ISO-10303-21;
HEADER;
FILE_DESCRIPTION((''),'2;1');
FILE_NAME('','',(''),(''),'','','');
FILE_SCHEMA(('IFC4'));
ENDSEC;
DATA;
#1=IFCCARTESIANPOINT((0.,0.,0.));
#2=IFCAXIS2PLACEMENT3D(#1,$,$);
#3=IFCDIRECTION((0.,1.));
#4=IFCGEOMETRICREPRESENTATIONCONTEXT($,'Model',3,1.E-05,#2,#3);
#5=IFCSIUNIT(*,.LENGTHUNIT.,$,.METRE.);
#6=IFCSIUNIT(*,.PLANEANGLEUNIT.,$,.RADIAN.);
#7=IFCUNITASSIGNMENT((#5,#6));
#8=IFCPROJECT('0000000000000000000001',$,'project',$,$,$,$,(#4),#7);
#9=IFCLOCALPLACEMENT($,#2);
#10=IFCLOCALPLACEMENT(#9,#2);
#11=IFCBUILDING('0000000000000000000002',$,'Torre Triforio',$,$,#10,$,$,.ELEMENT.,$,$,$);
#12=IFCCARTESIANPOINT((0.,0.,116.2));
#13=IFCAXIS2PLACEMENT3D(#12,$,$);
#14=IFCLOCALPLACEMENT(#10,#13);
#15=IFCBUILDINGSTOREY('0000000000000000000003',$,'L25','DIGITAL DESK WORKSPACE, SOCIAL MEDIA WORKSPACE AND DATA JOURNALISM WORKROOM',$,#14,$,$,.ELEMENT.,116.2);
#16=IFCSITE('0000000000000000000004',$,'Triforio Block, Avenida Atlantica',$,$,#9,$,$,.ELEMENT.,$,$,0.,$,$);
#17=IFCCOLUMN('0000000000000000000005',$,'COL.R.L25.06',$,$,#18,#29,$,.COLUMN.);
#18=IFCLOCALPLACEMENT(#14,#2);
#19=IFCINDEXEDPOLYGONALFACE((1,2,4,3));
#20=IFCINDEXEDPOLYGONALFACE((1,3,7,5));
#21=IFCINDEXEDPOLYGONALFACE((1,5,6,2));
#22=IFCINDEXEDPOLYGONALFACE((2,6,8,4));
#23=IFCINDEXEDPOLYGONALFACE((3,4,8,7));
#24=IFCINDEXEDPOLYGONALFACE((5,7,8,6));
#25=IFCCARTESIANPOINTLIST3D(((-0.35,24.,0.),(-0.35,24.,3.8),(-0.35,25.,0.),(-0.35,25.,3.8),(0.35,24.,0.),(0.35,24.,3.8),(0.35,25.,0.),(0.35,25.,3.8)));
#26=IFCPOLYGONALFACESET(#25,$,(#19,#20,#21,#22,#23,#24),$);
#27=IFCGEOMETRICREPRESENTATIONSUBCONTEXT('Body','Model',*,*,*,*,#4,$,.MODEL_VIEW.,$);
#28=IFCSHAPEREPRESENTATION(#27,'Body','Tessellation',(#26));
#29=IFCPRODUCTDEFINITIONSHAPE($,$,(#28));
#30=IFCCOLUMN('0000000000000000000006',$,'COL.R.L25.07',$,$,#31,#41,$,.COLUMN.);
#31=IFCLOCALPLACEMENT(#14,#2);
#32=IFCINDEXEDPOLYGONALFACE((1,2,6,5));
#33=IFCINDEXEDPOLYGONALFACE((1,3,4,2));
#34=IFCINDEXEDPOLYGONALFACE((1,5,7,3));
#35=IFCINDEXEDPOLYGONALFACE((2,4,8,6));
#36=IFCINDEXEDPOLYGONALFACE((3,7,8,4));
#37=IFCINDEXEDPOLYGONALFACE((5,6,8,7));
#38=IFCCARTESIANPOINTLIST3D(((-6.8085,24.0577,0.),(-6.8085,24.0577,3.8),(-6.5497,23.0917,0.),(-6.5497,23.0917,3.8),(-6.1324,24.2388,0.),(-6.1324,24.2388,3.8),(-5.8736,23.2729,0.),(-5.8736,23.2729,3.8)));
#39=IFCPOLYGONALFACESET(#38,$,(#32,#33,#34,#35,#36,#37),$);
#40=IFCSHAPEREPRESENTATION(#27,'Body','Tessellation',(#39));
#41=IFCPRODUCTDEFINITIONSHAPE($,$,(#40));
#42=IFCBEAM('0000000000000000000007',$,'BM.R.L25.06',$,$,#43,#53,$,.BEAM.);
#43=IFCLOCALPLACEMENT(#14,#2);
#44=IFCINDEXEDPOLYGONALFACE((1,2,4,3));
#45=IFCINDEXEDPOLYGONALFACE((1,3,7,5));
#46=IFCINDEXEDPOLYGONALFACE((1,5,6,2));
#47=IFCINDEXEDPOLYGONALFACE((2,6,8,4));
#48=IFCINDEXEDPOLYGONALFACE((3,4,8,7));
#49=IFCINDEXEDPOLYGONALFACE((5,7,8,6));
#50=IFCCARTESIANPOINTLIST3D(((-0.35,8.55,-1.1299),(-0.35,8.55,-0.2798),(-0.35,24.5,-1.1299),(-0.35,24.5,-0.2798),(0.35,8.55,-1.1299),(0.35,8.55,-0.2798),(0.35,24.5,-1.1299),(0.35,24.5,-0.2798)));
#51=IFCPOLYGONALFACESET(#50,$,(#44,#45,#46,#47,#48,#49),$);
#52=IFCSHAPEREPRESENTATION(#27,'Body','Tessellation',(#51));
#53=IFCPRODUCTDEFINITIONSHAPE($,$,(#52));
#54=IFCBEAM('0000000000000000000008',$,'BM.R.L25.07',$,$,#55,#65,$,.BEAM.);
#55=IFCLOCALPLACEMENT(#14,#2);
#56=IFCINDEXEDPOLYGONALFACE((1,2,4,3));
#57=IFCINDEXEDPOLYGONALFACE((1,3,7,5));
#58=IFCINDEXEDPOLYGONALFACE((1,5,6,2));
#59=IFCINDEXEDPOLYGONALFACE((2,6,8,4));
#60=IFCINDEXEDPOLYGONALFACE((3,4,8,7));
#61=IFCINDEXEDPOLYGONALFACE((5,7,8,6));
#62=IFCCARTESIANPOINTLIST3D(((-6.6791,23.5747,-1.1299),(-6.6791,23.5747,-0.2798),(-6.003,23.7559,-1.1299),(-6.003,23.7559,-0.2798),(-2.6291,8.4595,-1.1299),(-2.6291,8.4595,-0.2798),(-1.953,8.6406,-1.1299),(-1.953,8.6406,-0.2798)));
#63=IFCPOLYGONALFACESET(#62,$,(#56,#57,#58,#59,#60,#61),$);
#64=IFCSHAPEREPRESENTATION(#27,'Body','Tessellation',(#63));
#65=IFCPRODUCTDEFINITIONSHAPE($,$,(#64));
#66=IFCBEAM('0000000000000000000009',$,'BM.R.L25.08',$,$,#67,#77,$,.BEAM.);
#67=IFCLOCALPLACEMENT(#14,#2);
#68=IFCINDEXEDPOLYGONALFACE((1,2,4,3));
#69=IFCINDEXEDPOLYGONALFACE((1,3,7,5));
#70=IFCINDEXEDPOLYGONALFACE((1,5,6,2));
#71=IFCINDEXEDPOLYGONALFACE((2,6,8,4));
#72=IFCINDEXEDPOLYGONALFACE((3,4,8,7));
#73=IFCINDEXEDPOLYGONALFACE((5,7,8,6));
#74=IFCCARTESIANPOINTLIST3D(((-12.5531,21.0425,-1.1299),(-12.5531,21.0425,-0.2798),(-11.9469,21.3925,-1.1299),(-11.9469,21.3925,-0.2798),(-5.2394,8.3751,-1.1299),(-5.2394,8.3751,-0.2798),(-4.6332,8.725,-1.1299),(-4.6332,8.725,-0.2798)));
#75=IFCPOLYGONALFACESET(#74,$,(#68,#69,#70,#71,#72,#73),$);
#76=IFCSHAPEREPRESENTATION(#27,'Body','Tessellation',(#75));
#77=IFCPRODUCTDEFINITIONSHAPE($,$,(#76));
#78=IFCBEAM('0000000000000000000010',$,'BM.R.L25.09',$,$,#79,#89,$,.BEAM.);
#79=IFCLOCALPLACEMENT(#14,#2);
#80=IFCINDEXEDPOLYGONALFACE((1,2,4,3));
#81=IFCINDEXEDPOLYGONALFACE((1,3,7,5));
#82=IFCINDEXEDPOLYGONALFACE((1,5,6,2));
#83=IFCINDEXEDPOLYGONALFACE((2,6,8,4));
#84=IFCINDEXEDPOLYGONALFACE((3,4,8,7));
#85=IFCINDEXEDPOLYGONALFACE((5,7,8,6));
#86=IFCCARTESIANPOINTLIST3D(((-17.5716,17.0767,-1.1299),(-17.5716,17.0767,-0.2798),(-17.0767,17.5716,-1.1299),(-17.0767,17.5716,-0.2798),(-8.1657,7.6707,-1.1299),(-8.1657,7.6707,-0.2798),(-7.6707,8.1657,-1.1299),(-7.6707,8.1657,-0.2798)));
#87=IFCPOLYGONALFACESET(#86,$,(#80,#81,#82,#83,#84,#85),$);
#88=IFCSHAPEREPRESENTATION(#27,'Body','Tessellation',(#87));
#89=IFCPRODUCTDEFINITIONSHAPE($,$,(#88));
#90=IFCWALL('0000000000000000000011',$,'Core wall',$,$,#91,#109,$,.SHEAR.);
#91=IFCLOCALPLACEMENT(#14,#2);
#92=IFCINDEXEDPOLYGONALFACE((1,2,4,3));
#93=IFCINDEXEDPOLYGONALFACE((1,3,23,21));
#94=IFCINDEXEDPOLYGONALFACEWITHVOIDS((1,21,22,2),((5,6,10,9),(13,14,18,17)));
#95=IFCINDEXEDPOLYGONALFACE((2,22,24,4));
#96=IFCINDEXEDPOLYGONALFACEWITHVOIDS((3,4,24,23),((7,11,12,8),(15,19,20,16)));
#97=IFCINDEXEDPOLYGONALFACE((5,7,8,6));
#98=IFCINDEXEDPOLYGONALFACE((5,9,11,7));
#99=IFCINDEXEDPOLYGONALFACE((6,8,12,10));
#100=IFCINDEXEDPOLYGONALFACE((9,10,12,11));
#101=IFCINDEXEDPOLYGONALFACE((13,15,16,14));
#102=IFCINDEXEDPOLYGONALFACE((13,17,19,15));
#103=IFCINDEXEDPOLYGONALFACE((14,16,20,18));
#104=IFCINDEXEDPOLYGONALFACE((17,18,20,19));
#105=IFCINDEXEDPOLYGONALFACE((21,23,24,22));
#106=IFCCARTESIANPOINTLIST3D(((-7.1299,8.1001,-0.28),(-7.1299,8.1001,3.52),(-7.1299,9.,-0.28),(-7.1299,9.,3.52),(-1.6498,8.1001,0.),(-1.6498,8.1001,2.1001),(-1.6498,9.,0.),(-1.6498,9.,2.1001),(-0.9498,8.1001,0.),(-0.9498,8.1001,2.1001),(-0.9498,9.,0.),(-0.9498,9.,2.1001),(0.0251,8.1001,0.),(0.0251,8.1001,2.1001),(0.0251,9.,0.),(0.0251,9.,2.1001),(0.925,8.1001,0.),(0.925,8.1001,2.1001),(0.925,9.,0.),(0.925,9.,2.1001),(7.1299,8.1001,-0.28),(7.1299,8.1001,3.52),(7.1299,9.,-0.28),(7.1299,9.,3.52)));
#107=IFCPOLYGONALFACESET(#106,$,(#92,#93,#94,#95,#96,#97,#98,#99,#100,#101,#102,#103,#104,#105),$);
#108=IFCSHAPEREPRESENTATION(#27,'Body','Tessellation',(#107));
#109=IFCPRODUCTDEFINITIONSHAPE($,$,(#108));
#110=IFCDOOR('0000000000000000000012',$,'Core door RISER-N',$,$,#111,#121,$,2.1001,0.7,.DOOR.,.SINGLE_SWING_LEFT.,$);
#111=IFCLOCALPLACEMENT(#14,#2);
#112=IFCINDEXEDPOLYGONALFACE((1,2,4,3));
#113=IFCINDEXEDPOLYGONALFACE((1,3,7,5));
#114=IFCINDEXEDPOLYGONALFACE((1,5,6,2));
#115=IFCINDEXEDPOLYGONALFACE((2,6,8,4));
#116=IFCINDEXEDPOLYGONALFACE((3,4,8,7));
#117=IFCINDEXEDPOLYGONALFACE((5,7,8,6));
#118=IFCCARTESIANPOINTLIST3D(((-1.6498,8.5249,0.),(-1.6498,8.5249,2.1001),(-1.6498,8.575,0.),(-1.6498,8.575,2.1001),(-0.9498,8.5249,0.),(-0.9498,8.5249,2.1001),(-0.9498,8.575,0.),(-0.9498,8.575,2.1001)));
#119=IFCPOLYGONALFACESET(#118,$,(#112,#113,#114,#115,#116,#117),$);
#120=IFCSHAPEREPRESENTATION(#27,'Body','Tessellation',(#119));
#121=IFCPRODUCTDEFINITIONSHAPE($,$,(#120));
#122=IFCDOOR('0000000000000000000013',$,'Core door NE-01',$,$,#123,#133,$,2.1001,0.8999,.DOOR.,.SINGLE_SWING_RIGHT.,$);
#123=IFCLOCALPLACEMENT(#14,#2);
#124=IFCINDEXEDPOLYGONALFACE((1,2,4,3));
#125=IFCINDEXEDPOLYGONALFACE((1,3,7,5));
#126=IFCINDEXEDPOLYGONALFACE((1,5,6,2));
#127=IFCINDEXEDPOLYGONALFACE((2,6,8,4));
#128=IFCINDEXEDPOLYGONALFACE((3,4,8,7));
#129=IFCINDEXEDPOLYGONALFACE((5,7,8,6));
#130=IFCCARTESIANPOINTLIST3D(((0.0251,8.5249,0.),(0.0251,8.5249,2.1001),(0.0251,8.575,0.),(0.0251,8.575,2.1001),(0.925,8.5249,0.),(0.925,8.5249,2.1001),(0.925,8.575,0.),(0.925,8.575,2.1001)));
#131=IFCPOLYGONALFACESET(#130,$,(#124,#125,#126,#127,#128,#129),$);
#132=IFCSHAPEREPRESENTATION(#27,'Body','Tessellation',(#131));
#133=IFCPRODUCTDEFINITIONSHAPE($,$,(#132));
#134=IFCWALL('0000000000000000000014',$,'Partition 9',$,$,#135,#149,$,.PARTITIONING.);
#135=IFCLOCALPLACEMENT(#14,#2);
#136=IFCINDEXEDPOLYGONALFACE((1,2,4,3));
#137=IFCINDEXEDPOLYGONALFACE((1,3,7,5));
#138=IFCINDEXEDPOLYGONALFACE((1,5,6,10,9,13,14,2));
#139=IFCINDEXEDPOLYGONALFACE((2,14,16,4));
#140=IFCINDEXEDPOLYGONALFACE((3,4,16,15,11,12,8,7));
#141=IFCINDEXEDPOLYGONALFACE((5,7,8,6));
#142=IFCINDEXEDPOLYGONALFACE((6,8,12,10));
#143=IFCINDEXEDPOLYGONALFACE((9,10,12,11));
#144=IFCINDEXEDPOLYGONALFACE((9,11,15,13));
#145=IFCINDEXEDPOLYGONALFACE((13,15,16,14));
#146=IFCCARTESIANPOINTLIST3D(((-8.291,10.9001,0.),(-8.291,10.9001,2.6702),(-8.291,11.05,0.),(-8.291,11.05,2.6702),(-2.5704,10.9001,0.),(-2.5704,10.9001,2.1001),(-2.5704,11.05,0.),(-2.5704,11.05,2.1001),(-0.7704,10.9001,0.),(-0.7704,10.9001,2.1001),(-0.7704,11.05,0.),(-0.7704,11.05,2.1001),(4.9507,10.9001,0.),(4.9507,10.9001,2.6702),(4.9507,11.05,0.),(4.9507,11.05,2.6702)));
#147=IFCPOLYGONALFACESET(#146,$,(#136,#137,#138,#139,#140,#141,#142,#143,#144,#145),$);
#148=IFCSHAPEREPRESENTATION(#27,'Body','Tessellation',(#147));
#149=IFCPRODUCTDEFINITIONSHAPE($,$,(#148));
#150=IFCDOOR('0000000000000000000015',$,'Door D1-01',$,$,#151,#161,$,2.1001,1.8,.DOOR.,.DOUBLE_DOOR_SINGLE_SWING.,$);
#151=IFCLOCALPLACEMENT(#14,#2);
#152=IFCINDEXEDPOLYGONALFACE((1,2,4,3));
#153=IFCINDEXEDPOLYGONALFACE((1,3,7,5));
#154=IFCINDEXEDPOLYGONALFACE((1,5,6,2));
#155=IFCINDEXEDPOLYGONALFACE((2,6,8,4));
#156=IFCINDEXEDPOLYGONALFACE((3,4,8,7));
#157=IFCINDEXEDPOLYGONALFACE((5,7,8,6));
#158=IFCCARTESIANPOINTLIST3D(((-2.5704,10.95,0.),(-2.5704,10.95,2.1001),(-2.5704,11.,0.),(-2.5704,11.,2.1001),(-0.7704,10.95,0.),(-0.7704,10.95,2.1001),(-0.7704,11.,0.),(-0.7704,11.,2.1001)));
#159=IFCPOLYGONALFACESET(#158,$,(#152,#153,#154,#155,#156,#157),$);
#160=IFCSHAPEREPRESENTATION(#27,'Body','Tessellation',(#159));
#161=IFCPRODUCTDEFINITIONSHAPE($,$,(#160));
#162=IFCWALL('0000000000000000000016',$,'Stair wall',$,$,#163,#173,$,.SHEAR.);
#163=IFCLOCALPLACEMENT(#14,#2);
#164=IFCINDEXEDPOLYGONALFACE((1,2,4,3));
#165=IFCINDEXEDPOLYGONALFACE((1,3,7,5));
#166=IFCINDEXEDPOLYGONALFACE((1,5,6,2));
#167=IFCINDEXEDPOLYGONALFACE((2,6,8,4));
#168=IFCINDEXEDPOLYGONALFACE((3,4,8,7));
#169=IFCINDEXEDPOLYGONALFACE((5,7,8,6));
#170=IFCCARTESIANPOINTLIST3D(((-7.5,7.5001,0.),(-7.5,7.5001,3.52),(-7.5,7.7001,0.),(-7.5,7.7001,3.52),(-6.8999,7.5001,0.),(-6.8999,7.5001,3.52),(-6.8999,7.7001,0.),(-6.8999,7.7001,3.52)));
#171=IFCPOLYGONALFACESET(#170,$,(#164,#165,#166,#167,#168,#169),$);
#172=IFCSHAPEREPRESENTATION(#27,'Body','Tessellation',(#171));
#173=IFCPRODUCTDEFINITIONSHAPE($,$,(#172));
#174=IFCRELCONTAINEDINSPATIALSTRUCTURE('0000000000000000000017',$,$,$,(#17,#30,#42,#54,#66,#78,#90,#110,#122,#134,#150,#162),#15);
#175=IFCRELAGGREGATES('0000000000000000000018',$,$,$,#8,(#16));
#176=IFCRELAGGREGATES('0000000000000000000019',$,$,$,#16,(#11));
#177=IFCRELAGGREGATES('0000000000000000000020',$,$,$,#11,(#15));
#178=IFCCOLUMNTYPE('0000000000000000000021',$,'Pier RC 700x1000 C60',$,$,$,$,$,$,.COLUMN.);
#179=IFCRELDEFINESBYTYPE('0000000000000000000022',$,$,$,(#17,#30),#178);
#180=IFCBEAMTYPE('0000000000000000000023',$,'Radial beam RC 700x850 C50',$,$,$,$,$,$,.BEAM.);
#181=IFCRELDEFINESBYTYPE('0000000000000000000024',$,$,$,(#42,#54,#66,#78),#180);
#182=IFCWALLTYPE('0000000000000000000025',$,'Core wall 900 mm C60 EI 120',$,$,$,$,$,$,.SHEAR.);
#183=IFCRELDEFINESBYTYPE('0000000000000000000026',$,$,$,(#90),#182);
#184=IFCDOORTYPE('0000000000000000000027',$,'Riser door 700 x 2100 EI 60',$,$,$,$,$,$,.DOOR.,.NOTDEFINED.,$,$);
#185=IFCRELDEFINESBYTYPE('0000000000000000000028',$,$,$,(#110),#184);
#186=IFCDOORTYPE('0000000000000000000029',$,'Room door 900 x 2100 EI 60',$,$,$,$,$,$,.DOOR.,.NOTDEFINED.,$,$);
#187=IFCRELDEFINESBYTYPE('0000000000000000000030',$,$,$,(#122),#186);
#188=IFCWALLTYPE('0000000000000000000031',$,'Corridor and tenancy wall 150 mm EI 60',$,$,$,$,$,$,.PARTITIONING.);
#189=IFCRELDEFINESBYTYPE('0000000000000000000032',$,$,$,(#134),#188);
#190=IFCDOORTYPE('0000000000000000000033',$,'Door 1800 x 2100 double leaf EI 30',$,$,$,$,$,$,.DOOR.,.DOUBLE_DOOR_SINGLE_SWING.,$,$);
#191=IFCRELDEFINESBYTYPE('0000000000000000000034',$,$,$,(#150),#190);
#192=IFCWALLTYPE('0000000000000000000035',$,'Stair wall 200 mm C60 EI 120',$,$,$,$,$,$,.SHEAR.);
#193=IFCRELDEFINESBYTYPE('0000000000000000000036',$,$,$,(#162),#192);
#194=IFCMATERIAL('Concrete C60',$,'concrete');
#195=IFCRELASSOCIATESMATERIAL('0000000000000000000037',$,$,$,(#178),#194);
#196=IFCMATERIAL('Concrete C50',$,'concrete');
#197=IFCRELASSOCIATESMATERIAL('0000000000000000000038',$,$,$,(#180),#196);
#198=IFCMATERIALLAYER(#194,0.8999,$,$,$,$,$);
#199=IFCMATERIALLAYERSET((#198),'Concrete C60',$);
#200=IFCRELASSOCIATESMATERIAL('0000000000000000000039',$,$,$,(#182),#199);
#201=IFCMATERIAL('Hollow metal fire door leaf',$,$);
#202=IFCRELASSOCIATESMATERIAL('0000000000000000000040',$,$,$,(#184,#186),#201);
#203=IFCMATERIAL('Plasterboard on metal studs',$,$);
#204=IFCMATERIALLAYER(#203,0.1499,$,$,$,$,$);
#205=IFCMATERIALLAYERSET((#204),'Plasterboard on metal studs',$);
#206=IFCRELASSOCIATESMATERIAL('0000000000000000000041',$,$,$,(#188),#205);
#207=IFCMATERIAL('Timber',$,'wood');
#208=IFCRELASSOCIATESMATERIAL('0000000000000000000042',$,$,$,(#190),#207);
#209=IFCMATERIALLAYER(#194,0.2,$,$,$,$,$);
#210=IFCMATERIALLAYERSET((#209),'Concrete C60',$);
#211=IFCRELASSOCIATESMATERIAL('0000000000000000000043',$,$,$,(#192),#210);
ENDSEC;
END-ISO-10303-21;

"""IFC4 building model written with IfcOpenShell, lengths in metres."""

from ifc_helpers import new_model, si_unit, direction, frame, frame_2d, origin, origin_2d, place, context, subcontext, project, spatial, rectangle, extrude, material, layer, layer_set, material_profile, profile_set, type_object, element, fill, save


model = new_model("IFC4")

# Units and contexts
model_context = context("Model", 3, precision=1e-05, world=origin(), true_north=direction((0.0, 1.0)))
body_context = subcontext(model_context, "Body", "Model", "MODEL_VIEW")
ifc_project = project(units=[si_unit("LENGTHUNIT", "METRE"), si_unit("PLANEANGLEUNIT", "RADIAN")], contexts=[model_context])

# Site, building, storey
site_placement = place(None, origin())
site = spatial("IfcSite", under=ifc_project, at=site_placement, Name="Triforio Block, Avenida Atlantica", CompositionType="ELEMENT", RefElevation=0.0)
building_placement = place(site_placement, origin())
building = spatial("IfcBuilding", under=site, at=building_placement, Name="Torre Triforio", CompositionType="ELEMENT")
storey_placement = place(building_placement, frame((0.0, 0.0, 116.2)))
storey = spatial("IfcBuildingStorey", under=building, at=storey_placement, Name="L25", Description="DIGITAL DESK WORKSPACE, SOCIAL MEDIA WORKSPACE AND DATA JOURNALISM WORKROOM", CompositionType="ELEMENT", Elevation=116.2)

# Columns
ifc_material_1 = material(Name="Concrete C60", Category="concrete")
ifc_material_profile_1 = material_profile(ifc_material_1, rectangle(XDim=0.7, YDim=1.0, at=origin_2d()), Name="RC 700x1000")
ifc_profile_set_1 = profile_set([ifc_material_profile_1], Name="Concrete C60")
column_type = type_object("IfcColumnType", Name="Pier RC 700x1000 C60", PredefinedType="COLUMN", material=ifc_profile_set_1)
for number, where, z_axis, x_axis, name in (
    (1, (0.0, 24.5, 0.0), (0.0, 0.0, 1.0), (-1.0, 0.0, 0.0), "COL.R.L25.06"),
    (2, (-6.3411, 23.6653, 0.0), (0.0, 0.0, 1.0), (-0.965926, -0.258819, 0.0), "COL.R.L25.07"),
):
    element("IfcColumn", number, at=place(storey_placement, frame(where, z_axis=z_axis, x_axis=x_axis)), inside=storey, type_object=column_type, Name=name, PredefinedType="COLUMN", context=body_context, shape_type="SweptSolid", body=[
        extrude(rectangle(XDim=0.7, YDim=1.0, at=origin_2d()), origin(), (0.0, 0.0, 1.0), 3.8),
    ])

# Beams
ifc_material_2 = material(Name="Concrete C50", Category="concrete")
ifc_material_profile_2 = material_profile(ifc_material_2, rectangle(XDim=0.7, YDim=0.8501, at=origin_2d()), Name="RC 700x850")
ifc_profile_set_2 = profile_set([ifc_material_profile_2], Name="Concrete C50")
beam_type = type_object("IfcBeamType", Name="Radial beam RC 700x850 C50", PredefinedType="BEAM", material=ifc_profile_set_2)
beam_1_placement = place(storey_placement, frame((0.0, 8.55, -0.7048), z_axis=(0.0, 1.0, 0.0), x_axis=(-1.0, 0.0, 0.0)))
element("IfcBeam", 3, at=beam_1_placement, inside=storey, type_object=beam_type, Name="BM.R.L25.06", PredefinedType="BEAM", context=body_context, shape_type="SweptSolid", body=[
    extrude(rectangle(XDim=0.7, YDim=0.8501, at=origin_2d()), origin(), (0.0, 0.0, 1.0), 15.95),
])
beam_2_placement = place(storey_placement, frame((-2.291, 8.55, -0.7048), z_axis=(-0.258815, 0.965927, 0.0), x_axis=(-0.965927, -0.258815, 0.0)))
element("IfcBeam", 4, at=beam_2_placement, inside=storey, type_object=beam_type, Name="BM.R.L25.07", PredefinedType="BEAM", context=body_context, shape_type="SweptSolid", body=[
    extrude(rectangle(XDim=0.7, YDim=0.8501, at=origin_2d()), origin(), (0.0, 0.0, 1.0), 15.6484),
])
beam_3_placement = place(storey_placement, frame((-4.9363, 8.55, -0.7048), z_axis=(-0.500008, 0.866021, 0.0), x_axis=(-0.866021, -0.500008, 0.0)))
element("IfcBeam", 5, at=beam_3_placement, inside=storey, type_object=beam_type, Name="BM.R.L25.08", PredefinedType="BEAM", context=body_context, shape_type="SweptSolid", body=[
    extrude(rectangle(XDim=0.7, YDim=0.8501, at=origin_2d()), origin(), (0.0, 0.0, 1.0), 14.6272),
])
beam_4_placement = place(storey_placement, frame((-7.9182, 7.9182, -0.7048), z_axis=(-0.707107, 0.707107, 0.0), x_axis=(-0.707107, -0.707107, 0.0)))
element("IfcBeam", 6, at=beam_4_placement, inside=storey, type_object=beam_type, Name="BM.R.L25.09", PredefinedType="BEAM", context=body_context, shape_type="SweptSolid", body=[
    extrude(rectangle(XDim=0.7, YDim=0.8501, at=origin_2d()), origin(), (0.0, 0.0, 1.0), 13.302),
])

# Wall, openings, doors
ifc_layer_1 = layer(ifc_material_1, 0.8999)
ifc_layer_set_1 = layer_set([ifc_layer_1], Name="Concrete C60")
wall_type_1 = type_object("IfcWallType", Name="Core wall 900 mm C60 EI 120", PredefinedType="SHEAR", material=ifc_layer_set_1)
wall_1_placement = place(storey_placement, frame((-7.1299, 8.55, -0.28), z_axis=(0.0, 0.0, 1.0), x_axis=(1.0, 0.0, 0.0)))
wall_1 = element("IfcWall", 7, at=wall_1_placement, inside=storey, type_object=wall_type_1, Name="Core wall", PredefinedType="SHEAR", context=body_context, shape_type="SweptSolid", body=[
    extrude(rectangle(XDim=14.2598, YDim=0.8999, at=frame_2d((7.1299, 0.0))), origin(), (0.0, 0.0, 1.0), 3.8),
])
opening_1_placement = place(wall_1_placement, frame((5.48, 0.0, 0.28)))
opening_1 = element("IfcOpeningElement", 8, at=opening_1_placement, cuts=wall_1, PredefinedType="OPENING", context=body_context, shape_type="SweptSolid", body=[
    extrude(rectangle(XDim=0.7, YDim=2.1001, at=frame_2d((0.3501, 1.05))), frame((0.0, 0.46, 0.0), z_axis=(0.0, -1.0, 0.0), x_axis=(1.0, 0.0, 0.0)), (0.0, 0.0, 1.0), 0.9199),
])
opening_2_placement = place(wall_1_placement, frame((7.155, 0.0, 0.28)))
opening_2 = element("IfcOpeningElement", 9, at=opening_2_placement, cuts=wall_1, PredefinedType="OPENING", context=body_context, shape_type="SweptSolid", body=[
    extrude(rectangle(XDim=0.8999, YDim=2.1001, at=frame_2d((0.45, 1.05))), frame((0.0, 0.46, 0.0), z_axis=(0.0, -1.0, 0.0), x_axis=(1.0, 0.0, 0.0)), (0.0, 0.0, 1.0), 0.9199),
])
ifc_material_3 = material(Name="Hollow metal fire door leaf")
door_type_1 = type_object("IfcDoorType", Name="Riser door 700 x 2100 EI 60", OperationType="NOTDEFINED", PredefinedType="DOOR", material=ifc_material_3)
door_1_placement = place(opening_1_placement, origin())
door_1 = element("IfcDoor", 10, at=door_1_placement, inside=storey, type_object=door_type_1, Name="Core door RISER-N", OperationType="SINGLE_SWING_LEFT", OverallHeight=2.1001, OverallWidth=0.7, PredefinedType="DOOR", context=body_context, shape_type="SweptSolid", body=[
    extrude(rectangle(XDim=0.7, YDim=2.1001, at=frame_2d((0.3501, 1.05))), frame((0.0, 0.0249, 0.0), z_axis=(0.0, -1.0, 0.0), x_axis=(1.0, 0.0, 0.0)), (0.0, 0.0, 1.0), 0.05),
])
fill(opening_1, door_1)
door_type_2 = type_object("IfcDoorType", Name="Room door 900 x 2100 EI 60", OperationType="NOTDEFINED", PredefinedType="DOOR", material=ifc_material_3)
door_2_placement = place(opening_2_placement, origin())
door_2 = element("IfcDoor", 11, at=door_2_placement, inside=storey, type_object=door_type_2, Name="Core door NE-01", OperationType="SINGLE_SWING_RIGHT", OverallHeight=2.1001, OverallWidth=0.8999, PredefinedType="DOOR", context=body_context, shape_type="SweptSolid", body=[
    extrude(rectangle(XDim=0.8999, YDim=2.1001, at=frame_2d((0.45, 1.05))), frame((0.0, 0.0249, 0.0), z_axis=(0.0, -1.0, 0.0), x_axis=(1.0, 0.0, 0.0)), (0.0, 0.0, 1.0), 0.05),
])
fill(opening_2, door_2)

# Wall, opening, door
ifc_material_4 = material(Name="Plasterboard on metal studs")
ifc_layer_2 = layer(ifc_material_4, 0.1499)
ifc_layer_set_2 = layer_set([ifc_layer_2], Name="Plasterboard on metal studs")
wall_type_2 = type_object("IfcWallType", Name="Corridor and tenancy wall 150 mm EI 60", PredefinedType="PARTITIONING", material=ifc_layer_set_2)
wall_2_placement = place(storey_placement, frame((-8.291, 10.9751, 0.0), z_axis=(0.0, 0.0, 1.0), x_axis=(1.0, 0.0, 0.0)))
wall_2 = element("IfcWall", 12, at=wall_2_placement, inside=storey, type_object=wall_type_2, Name="Partition 9", PredefinedType="PARTITIONING", context=body_context, shape_type="SweptSolid", body=[
    extrude(rectangle(XDim=13.2417, YDim=0.1499, at=frame_2d((6.6208, 0.0))), origin(), (0.0, 0.0, 1.0), 2.6702),
])
opening_3_placement = place(wall_2_placement, frame((5.7207, 0.0, 0.0)))
opening_3 = element("IfcOpeningElement", 13, at=opening_3_placement, cuts=wall_2, PredefinedType="OPENING", context=body_context, shape_type="SweptSolid", body=[
    extrude(rectangle(XDim=1.8, YDim=2.1001, at=frame_2d((0.8999, 1.05))), frame((0.0, 0.085, 0.0), z_axis=(0.0, -1.0, 0.0), x_axis=(1.0, 0.0, 0.0)), (0.0, 0.0, 1.0), 0.1699),
])
ifc_material_5 = material(Name="Timber", Category="wood")
door_type_3 = type_object("IfcDoorType", Name="Door 1800 x 2100 double leaf EI 30", OperationType="DOUBLE_DOOR_SINGLE_SWING", PredefinedType="DOOR", material=ifc_material_5)
door_3_placement = place(opening_3_placement, origin())
door_3 = element("IfcDoor", 14, at=door_3_placement, inside=storey, type_object=door_type_3, Name="Door D1-01", OperationType="DOUBLE_DOOR_SINGLE_SWING", OverallHeight=2.1001, OverallWidth=1.8, PredefinedType="DOOR", context=body_context, shape_type="SweptSolid", body=[
    extrude(rectangle(XDim=1.8, YDim=2.1001, at=frame_2d((0.8999, 1.05))), frame((0.0, 0.0249, 0.0), z_axis=(0.0, -1.0, 0.0), x_axis=(1.0, 0.0, 0.0)), (0.0, 0.0, 1.0), 0.05),
])
fill(opening_3, door_3)

# Wall
ifc_layer_3 = layer(ifc_material_1, 0.2)
ifc_layer_set_3 = layer_set([ifc_layer_3], Name="Concrete C60")
wall_type_3 = type_object("IfcWallType", Name="Stair wall 200 mm C60 EI 120", PredefinedType="SHEAR", material=ifc_layer_set_3)
wall_3_placement = place(storey_placement, frame((-7.5, 7.6001, 0.0), z_axis=(0.0, 0.0, 1.0), x_axis=(1.0, 0.0, 0.0)))
element("IfcWall", 15, at=wall_3_placement, inside=storey, type_object=wall_type_3, Name="Stair wall", PredefinedType="SHEAR", context=body_context, shape_type="SweptSolid", body=[
    extrude(rectangle(XDim=0.6001, YDim=0.2, at=frame_2d((0.3, 0.0))), origin(), (0.0, 0.0, 1.0), 3.52),
])

save(model, "model.ifc")
